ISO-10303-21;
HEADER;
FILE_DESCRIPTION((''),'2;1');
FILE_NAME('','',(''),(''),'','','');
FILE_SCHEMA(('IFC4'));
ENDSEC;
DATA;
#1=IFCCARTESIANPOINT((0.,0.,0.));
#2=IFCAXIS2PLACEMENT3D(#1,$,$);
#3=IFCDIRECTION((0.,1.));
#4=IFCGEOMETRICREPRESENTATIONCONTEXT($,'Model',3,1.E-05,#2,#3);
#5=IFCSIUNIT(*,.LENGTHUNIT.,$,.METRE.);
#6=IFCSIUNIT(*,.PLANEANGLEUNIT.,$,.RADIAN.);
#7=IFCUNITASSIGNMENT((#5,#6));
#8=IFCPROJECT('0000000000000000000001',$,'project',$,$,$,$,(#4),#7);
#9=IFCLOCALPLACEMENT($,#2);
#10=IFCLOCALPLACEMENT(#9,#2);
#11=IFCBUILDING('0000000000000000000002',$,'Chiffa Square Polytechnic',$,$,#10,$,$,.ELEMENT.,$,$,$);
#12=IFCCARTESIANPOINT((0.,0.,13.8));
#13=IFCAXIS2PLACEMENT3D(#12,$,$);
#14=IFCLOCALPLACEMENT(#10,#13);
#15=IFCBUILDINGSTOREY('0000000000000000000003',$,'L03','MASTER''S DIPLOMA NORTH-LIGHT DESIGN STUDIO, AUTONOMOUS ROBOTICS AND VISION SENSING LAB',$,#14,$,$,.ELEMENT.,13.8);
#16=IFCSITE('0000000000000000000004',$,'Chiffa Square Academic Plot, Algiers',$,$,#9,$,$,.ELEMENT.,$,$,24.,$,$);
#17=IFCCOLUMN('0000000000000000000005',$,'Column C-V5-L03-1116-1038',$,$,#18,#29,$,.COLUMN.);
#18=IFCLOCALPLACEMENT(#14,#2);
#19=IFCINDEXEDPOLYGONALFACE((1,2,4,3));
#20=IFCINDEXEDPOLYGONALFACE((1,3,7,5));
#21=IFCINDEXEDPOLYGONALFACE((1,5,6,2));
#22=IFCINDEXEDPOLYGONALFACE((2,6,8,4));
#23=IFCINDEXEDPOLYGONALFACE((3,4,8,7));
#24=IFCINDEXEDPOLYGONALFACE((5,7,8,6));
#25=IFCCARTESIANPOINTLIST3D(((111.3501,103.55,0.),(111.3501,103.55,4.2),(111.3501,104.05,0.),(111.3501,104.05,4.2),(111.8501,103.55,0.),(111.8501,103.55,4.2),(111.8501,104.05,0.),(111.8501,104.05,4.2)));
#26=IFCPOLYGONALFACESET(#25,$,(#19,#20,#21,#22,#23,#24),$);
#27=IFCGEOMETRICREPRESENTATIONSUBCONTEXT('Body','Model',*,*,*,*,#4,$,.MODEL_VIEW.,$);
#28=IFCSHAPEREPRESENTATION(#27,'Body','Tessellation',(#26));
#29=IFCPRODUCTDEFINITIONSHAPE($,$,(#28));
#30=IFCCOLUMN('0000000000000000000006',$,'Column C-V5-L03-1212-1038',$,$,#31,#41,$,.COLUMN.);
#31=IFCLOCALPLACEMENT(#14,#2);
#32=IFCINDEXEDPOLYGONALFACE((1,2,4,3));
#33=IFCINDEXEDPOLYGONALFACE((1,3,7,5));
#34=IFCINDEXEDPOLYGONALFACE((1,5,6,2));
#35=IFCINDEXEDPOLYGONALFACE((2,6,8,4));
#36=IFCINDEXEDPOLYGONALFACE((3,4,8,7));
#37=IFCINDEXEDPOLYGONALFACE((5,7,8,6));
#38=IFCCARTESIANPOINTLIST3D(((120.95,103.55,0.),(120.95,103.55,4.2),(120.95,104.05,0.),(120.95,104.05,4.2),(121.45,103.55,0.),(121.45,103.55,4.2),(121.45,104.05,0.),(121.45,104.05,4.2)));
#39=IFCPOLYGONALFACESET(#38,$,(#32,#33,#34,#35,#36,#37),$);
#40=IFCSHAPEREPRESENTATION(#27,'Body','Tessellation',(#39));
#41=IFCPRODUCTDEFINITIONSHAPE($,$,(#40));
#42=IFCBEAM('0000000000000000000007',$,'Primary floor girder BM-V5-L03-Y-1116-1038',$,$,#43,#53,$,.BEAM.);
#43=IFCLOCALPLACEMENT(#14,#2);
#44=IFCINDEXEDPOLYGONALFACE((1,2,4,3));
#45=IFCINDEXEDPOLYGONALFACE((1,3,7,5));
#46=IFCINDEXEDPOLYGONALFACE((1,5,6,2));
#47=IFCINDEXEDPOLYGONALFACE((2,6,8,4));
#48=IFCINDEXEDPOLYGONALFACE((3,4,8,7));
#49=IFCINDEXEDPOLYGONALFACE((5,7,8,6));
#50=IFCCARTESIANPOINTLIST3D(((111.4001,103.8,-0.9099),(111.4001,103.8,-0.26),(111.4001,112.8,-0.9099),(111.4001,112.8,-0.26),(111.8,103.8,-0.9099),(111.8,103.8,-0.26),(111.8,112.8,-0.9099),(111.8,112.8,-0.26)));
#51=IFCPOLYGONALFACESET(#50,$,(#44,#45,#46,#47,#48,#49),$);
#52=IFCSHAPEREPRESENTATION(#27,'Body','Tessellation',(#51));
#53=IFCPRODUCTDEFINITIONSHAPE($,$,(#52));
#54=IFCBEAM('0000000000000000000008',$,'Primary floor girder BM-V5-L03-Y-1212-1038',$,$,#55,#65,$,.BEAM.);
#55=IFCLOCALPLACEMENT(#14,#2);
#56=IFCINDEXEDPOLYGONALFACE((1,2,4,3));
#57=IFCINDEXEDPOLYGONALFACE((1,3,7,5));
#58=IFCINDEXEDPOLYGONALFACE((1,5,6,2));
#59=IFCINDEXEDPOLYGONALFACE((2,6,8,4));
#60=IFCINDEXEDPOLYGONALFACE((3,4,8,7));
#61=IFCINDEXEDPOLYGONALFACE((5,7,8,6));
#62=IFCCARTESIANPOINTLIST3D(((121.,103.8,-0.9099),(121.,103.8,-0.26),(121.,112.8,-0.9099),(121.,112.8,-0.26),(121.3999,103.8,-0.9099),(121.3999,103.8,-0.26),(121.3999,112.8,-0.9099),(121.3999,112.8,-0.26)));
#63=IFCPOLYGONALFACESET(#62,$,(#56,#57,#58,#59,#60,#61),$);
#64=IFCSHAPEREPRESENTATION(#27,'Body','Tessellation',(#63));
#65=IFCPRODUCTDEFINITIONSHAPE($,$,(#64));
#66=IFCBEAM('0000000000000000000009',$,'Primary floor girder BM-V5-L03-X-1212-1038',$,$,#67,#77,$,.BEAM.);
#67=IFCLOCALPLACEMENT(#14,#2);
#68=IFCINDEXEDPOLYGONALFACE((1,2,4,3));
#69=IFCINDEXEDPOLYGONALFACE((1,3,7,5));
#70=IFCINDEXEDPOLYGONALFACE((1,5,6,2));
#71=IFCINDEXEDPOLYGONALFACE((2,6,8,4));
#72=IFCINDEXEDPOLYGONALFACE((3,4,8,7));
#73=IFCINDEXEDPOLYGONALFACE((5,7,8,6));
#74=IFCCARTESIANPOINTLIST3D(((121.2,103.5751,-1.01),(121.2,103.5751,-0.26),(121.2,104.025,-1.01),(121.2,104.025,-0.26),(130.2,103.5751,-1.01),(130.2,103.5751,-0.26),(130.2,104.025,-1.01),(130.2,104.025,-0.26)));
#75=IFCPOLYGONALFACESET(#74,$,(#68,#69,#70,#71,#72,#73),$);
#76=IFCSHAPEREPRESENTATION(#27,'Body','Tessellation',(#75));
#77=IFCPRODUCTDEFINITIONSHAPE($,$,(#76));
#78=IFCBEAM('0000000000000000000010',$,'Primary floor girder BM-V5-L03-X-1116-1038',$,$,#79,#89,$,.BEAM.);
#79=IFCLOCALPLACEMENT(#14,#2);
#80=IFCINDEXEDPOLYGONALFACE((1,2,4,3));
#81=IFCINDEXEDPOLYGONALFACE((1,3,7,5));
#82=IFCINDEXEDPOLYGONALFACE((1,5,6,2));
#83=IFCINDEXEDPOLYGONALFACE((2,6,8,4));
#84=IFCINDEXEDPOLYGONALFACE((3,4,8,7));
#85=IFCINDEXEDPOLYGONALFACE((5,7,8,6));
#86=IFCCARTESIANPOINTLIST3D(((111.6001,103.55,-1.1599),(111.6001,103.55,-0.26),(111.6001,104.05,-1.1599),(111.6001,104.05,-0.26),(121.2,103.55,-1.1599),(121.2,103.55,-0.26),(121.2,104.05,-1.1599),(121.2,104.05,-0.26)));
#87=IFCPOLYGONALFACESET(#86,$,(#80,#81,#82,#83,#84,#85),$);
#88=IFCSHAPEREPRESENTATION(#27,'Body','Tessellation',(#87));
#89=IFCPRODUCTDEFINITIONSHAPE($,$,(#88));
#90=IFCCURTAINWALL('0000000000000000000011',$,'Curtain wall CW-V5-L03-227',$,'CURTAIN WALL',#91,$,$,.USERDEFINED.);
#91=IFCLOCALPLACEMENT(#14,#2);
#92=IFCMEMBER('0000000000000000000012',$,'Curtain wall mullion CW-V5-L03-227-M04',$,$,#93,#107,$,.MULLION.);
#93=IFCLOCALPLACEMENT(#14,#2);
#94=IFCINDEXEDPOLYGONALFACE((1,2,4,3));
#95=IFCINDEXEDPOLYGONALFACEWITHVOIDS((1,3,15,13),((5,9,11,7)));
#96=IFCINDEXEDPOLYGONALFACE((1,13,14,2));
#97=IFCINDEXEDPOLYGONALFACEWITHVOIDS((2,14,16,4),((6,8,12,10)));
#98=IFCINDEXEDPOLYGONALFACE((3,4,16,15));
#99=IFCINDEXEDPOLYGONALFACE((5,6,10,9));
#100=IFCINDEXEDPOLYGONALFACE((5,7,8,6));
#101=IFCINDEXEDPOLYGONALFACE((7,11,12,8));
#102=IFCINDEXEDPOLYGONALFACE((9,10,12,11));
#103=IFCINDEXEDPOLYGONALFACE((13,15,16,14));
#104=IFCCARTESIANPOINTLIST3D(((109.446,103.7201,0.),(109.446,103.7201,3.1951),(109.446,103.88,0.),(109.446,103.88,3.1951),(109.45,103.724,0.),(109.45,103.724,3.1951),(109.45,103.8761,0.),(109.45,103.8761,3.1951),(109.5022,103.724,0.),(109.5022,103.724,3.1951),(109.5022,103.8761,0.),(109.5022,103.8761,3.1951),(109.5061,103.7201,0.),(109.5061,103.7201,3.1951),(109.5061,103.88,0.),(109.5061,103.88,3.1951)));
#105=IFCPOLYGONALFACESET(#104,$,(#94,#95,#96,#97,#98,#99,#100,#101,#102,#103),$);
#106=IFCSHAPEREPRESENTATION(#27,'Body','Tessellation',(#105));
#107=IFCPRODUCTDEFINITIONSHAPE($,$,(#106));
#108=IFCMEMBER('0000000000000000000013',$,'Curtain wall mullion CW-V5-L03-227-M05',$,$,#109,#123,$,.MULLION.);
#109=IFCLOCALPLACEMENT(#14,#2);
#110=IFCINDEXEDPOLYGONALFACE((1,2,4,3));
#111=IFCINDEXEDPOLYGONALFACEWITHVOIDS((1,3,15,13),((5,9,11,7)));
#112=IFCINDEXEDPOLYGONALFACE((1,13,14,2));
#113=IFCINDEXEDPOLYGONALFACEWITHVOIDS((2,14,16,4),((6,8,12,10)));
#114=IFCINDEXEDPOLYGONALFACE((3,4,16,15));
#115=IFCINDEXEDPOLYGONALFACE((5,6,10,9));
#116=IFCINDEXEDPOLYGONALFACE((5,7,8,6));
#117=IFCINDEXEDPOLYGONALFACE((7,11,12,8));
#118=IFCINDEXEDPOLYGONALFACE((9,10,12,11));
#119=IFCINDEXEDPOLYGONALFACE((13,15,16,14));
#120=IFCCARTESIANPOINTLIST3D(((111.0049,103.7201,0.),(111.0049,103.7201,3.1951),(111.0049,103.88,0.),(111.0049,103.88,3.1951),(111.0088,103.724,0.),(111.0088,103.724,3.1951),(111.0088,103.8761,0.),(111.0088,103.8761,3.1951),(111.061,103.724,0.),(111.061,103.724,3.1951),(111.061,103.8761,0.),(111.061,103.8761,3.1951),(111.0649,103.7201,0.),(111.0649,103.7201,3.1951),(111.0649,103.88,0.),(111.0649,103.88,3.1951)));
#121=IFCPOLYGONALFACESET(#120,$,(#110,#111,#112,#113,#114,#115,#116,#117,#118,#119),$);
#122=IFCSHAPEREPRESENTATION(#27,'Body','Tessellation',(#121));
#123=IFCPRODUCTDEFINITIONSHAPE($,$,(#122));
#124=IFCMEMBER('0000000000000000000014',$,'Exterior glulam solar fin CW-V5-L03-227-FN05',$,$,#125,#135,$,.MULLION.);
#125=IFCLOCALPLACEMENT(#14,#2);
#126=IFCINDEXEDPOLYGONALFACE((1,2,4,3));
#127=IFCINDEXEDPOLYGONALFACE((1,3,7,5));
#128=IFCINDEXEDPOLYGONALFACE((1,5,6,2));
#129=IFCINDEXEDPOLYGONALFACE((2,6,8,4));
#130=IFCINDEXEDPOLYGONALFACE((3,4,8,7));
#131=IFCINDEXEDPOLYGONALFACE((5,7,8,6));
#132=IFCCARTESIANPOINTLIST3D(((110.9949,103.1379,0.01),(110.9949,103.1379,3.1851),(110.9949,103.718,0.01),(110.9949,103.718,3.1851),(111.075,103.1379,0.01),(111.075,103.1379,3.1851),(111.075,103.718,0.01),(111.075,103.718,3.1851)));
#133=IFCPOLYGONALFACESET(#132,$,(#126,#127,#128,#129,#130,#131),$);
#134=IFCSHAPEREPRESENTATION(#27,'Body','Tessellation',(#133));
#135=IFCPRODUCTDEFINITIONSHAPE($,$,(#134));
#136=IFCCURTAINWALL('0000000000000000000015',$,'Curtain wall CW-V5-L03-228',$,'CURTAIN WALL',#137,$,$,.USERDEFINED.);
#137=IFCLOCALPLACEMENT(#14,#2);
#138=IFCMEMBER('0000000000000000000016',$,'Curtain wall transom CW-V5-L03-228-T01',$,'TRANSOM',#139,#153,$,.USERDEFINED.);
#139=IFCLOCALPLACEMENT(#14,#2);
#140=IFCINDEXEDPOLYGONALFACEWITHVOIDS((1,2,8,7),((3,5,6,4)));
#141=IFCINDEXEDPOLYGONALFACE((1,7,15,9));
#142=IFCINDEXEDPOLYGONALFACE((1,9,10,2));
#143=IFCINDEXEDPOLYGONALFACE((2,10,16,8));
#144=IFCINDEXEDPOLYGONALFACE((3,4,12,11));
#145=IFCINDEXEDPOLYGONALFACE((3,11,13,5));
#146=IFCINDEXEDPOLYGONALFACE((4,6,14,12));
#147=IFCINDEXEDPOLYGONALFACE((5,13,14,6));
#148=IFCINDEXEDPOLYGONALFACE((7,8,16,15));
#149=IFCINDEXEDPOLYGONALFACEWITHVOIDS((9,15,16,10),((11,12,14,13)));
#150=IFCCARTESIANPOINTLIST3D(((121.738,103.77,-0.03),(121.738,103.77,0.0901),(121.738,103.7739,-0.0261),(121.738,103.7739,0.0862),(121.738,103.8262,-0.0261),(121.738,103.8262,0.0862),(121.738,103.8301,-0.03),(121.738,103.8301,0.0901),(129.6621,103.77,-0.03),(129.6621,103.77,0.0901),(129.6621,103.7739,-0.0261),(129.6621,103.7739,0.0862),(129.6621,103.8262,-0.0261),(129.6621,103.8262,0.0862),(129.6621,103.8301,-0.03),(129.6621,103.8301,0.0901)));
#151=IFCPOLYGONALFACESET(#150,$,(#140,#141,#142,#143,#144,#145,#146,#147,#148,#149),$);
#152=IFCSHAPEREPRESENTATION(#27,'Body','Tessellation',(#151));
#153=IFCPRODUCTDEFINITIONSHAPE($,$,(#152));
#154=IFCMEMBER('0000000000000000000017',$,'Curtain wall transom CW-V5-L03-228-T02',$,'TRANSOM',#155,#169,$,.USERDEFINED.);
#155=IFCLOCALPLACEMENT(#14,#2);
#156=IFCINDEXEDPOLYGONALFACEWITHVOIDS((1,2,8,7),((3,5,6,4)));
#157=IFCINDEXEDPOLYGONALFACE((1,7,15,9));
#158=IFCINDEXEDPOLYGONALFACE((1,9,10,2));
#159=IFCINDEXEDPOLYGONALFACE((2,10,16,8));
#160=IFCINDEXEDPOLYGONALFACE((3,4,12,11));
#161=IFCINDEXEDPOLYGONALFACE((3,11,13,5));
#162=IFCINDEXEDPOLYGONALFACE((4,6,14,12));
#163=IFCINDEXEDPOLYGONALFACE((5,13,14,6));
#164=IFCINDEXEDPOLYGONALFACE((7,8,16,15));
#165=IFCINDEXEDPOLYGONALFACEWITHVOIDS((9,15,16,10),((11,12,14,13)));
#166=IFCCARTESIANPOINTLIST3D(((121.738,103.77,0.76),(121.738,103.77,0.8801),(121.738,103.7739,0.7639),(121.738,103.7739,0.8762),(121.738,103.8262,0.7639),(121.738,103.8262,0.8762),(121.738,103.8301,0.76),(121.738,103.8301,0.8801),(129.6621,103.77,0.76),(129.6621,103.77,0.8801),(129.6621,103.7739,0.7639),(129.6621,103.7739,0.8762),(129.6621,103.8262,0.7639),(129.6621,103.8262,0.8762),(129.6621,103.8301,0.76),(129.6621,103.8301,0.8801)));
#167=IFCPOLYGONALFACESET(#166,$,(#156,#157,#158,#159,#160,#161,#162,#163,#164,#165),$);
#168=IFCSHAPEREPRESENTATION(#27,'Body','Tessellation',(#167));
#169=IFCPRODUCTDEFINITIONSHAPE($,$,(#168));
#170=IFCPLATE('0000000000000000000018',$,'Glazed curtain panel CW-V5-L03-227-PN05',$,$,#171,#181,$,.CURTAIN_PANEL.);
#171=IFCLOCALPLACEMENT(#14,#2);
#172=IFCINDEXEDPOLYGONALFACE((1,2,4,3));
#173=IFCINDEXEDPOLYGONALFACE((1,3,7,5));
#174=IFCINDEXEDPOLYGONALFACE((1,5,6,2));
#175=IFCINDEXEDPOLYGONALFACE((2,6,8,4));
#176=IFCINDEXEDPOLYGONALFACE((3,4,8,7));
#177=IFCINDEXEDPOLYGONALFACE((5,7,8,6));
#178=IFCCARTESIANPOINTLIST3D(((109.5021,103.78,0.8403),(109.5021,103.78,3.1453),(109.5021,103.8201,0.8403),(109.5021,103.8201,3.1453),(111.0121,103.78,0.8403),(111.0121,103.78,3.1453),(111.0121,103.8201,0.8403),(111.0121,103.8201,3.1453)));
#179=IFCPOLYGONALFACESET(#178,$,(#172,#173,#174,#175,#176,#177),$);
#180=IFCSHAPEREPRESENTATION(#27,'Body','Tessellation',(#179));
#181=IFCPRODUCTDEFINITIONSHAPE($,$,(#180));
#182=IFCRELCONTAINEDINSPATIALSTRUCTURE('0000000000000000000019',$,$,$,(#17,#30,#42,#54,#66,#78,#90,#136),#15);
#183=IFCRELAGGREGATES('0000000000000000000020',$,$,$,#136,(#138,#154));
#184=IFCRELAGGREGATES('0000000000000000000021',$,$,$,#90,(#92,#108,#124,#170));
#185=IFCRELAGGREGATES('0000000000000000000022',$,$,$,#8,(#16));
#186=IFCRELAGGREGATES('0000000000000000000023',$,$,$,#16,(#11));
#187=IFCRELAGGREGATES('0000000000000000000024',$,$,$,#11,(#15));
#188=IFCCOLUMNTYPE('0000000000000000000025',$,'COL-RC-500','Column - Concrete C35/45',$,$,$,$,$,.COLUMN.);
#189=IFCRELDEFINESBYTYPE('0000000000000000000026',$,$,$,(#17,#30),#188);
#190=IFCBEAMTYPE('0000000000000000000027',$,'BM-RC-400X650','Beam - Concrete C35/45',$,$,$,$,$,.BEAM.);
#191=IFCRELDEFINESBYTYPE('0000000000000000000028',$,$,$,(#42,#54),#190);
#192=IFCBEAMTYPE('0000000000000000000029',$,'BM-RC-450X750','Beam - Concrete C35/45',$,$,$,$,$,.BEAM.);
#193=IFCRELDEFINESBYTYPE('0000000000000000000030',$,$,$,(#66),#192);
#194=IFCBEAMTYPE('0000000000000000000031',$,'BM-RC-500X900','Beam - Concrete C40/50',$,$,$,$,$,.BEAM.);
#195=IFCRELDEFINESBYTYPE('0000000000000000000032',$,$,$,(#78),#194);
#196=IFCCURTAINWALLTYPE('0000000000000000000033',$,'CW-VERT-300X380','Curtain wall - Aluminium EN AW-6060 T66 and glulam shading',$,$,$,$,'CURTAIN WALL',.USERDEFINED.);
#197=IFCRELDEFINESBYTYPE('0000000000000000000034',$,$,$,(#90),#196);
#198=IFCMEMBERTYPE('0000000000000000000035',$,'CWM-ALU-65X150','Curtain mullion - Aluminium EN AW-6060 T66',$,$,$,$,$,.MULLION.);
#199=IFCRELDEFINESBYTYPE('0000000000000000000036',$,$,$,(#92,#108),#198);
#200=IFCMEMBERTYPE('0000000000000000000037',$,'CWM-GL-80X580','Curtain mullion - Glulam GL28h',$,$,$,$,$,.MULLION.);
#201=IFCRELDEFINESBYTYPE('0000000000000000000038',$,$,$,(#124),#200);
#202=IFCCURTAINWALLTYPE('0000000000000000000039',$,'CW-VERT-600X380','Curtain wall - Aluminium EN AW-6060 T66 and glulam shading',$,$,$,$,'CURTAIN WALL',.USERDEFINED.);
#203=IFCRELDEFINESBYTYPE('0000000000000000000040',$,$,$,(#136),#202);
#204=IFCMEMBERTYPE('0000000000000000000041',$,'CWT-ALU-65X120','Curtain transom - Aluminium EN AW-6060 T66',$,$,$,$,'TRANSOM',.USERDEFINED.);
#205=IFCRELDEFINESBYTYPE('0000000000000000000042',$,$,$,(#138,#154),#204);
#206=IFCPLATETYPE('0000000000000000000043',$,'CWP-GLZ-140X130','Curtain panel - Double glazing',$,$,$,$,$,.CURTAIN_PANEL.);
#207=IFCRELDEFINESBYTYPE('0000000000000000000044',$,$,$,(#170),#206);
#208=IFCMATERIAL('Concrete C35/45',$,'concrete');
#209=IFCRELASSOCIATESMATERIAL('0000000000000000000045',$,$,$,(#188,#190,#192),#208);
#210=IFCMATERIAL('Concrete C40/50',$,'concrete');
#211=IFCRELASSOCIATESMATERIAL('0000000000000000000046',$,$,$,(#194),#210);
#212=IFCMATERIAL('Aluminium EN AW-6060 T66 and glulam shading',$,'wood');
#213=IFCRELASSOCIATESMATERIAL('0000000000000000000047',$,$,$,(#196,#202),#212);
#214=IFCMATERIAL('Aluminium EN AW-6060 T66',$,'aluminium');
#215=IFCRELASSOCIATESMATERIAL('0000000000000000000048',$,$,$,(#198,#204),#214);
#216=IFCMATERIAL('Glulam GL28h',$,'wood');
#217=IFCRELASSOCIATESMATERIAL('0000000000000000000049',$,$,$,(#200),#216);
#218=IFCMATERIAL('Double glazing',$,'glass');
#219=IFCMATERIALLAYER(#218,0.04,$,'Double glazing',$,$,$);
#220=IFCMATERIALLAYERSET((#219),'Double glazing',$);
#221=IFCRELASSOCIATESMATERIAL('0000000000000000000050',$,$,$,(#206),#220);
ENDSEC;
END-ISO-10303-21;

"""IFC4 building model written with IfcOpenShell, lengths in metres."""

from ifc_helpers import new_model, si_unit, direction, frame, origin, origin_2d, place, context, subcontext, project, spatial, rectangle, hollow_rectangle, extrude, material, layer, layer_set, material_profile, profile_set, type_object, element, aggregate, save


model = new_model("IFC4")

# Units and contexts
model_context = context("Model", 3, precision=1e-05, world=origin(), true_north=direction((0.0, 1.0)))
body_context = subcontext(model_context, "Body", "Model", "MODEL_VIEW")
ifc_project = project(units=[si_unit("LENGTHUNIT", "METRE"), si_unit("PLANEANGLEUNIT", "RADIAN")], contexts=[model_context])

# Site, building, storey
site_placement = place(None, origin())
site = spatial("IfcSite", under=ifc_project, at=site_placement, Name="Chiffa Square Academic Plot, Algiers", CompositionType="ELEMENT", RefElevation=24.0)
building_placement = place(site_placement, origin())
building = spatial("IfcBuilding", under=site, at=building_placement, Name="Chiffa Square Polytechnic", CompositionType="ELEMENT")
storey_placement = place(building_placement, frame((0.0, 0.0, 13.8)))
storey = spatial("IfcBuildingStorey", under=building, at=storey_placement, Name="L03", Description="MASTER'S DIPLOMA NORTH-LIGHT DESIGN STUDIO, AUTONOMOUS ROBOTICS AND VISION SENSING LAB", CompositionType="ELEMENT", Elevation=13.8)

# Columns
ifc_material_1 = material(Name="Concrete C35/45", Category="concrete")
ifc_material_profile_1 = material_profile(ifc_material_1, rectangle(XDim=0.5, YDim=0.5, at=origin_2d()), Name="RC 500x500")
ifc_profile_set_1 = profile_set([ifc_material_profile_1], Name="Concrete C35/45")
column_type = type_object("IfcColumnType", Name="COL-RC-500", Description="Column - Concrete C35/45", PredefinedType="COLUMN", material=ifc_profile_set_1)
for number, where, z_axis, x_axis, name in (
    (1, (111.6001, 103.8, 0.0), (0.0, 0.0, 1.0), (1.0, 0.0, 0.0), "Column C-V5-L03-1116-1038"),
    (2, (121.2, 103.8, 0.0), (0.0, 0.0, 1.0), (1.0, 0.0, 0.0), "Column C-V5-L03-1212-1038"),
):
    element("IfcColumn", number, at=place(storey_placement, frame(where, z_axis=z_axis, x_axis=x_axis)), inside=storey, type_object=column_type, Name=name, PredefinedType="COLUMN", context=body_context, shape_type="SweptSolid", body=[
        extrude(rectangle(XDim=0.5, YDim=0.5, at=origin_2d()), origin(), (0.0, 0.0, 1.0), 4.2),
    ])

# Beams
ifc_material_profile_2 = material_profile(ifc_material_1, rectangle(XDim=0.3999, YDim=0.6499, at=origin_2d()), Name="RC 400x650")
ifc_profile_set_2 = profile_set([ifc_material_profile_2], Name="Concrete C35/45")
beam_type_1 = type_object("IfcBeamType", Name="BM-RC-400X650", Description="Beam - Concrete C35/45", PredefinedType="BEAM", material=ifc_profile_set_2)
for number, where, z_axis, x_axis, name in (
    (3, (111.6001, 103.8, -0.585), (0.0, 1.0, 0.0), (-1.0, 0.0, 0.0), "Primary floor girder BM-V5-L03-Y-1116-1038"),
    (4, (121.2, 103.8, -0.585), (0.0, 1.0, 0.0), (-1.0, 0.0, 0.0), "Primary floor girder BM-V5-L03-Y-1212-1038"),
):
    element("IfcBeam", number, at=place(storey_placement, frame(where, z_axis=z_axis, x_axis=x_axis)), inside=storey, type_object=beam_type_1, Name=name, PredefinedType="BEAM", context=body_context, shape_type="SweptSolid", body=[
        extrude(rectangle(XDim=0.3999, YDim=0.6499, at=origin_2d()), origin(), (0.0, 0.0, 1.0), 9.0),
    ])
ifc_material_profile_3 = material_profile(ifc_material_1, rectangle(XDim=0.45, YDim=0.75, at=origin_2d()), Name="RC 450x750")
ifc_profile_set_3 = profile_set([ifc_material_profile_3], Name="Concrete C35/45")
beam_type_2 = type_object("IfcBeamType", Name="BM-RC-450X750", Description="Beam - Concrete C35/45", PredefinedType="BEAM", material=ifc_profile_set_3)
beam_1_placement = place(storey_placement, frame((121.2, 103.8, -0.635), z_axis=(1.0, 0.0, 0.0), x_axis=(0.0, 1.0, 0.0)))
element("IfcBeam", 5, at=beam_1_placement, inside=storey, type_object=beam_type_2, Name="Primary floor girder BM-V5-L03-X-1212-1038", PredefinedType="BEAM", context=body_context, shape_type="SweptSolid", body=[
    extrude(rectangle(XDim=0.45, YDim=0.75, at=origin_2d()), origin(), (0.0, 0.0, 1.0), 9.0),
])
ifc_material_2 = material(Name="Concrete C40/50", Category="concrete")
ifc_material_profile_4 = material_profile(ifc_material_2, rectangle(XDim=0.5, YDim=0.8999, at=origin_2d()), Name="RC 500x900")
ifc_profile_set_4 = profile_set([ifc_material_profile_4], Name="Concrete C40/50")
beam_type_3 = type_object("IfcBeamType", Name="BM-RC-500X900", Description="Beam - Concrete C40/50", PredefinedType="BEAM", material=ifc_profile_set_4)
beam_2_placement = place(storey_placement, frame((111.6001, 103.8, -0.71), z_axis=(1.0, 0.0, 0.0), x_axis=(0.0, 1.0, 0.0)))
element("IfcBeam", 6, at=beam_2_placement, inside=storey, type_object=beam_type_3, Name="Primary floor girder BM-V5-L03-X-1116-1038", PredefinedType="BEAM", context=body_context, shape_type="SweptSolid", body=[
    extrude(rectangle(XDim=0.5, YDim=0.8999, at=origin_2d()), origin(), (0.0, 0.0, 1.0), 9.5999),
])

# Curtain walls, members
ifc_material_3 = material(Name="Aluminium EN AW-6060 T66 and glulam shading", Category="wood")
curtain_wall_type_1 = type_object("IfcCurtainWallType", Name="CW-VERT-300X380", Description="Curtain wall - Aluminium EN AW-6060 T66 and glulam shading", ElementType="CURTAIN WALL", PredefinedType="USERDEFINED", material=ifc_material_3)
curtain_wall_1_placement = place(storey_placement, origin())
curtain_wall_1 = element("IfcCurtainWall", 7, at=curtain_wall_1_placement, inside=storey, type_object=curtain_wall_type_1, Name="Curtain wall CW-V5-L03-227", ObjectType="CURTAIN WALL", PredefinedType="USERDEFINED")
ifc_material_4 = material(Name="Aluminium EN AW-6060 T66", Category="aluminium")
ifc_material_profile_5 = material_profile(ifc_material_4, hollow_rectangle(XDim=0.0601, YDim=0.1599, WallThickness=0.0039, at=origin_2d()), Name="ALU 60x160x4")
ifc_profile_set_5 = profile_set([ifc_material_profile_5], Name="Aluminium EN AW-6060 T66")
member_type_1 = type_object("IfcMemberType", Name="CWM-ALU-65X150", Description="Curtain mullion - Aluminium EN AW-6060 T66", PredefinedType="MULLION", material=ifc_profile_set_5)
member_1_placement = place(storey_placement, frame((109.4761, 103.8, 0.0), z_axis=(0.0, 0.0, 1.0), x_axis=(1.0, 0.0, 0.0)))
member_1 = element("IfcMember", 8, at=member_1_placement, type_object=member_type_1, Name="Curtain wall mullion CW-V5-L03-227-M04", PredefinedType="MULLION", context=body_context, shape_type="SweptSolid", body=[
    extrude(hollow_rectangle(XDim=0.0601, YDim=0.1599, WallThickness=0.0039, at=origin_2d()), origin(), (0.0, 0.0, 1.0), 3.1951),
])
member_2_placement = place(storey_placement, frame((111.0349, 103.8, 0.0), z_axis=(0.0, 0.0, 1.0), x_axis=(1.0, 0.0, 0.0)))
member_2 = element("IfcMember", 9, at=member_2_placement, type_object=member_type_1, Name="Curtain wall mullion CW-V5-L03-227-M05", PredefinedType="MULLION", context=body_context, shape_type="SweptSolid", body=[
    extrude(hollow_rectangle(XDim=0.0601, YDim=0.1599, WallThickness=0.0039, at=origin_2d()), origin(), (0.0, 0.0, 1.0), 3.1951),
])
ifc_material_5 = material(Name="Glulam GL28h", Category="wood")
ifc_material_profile_6 = material_profile(ifc_material_5, rectangle(XDim=0.0801, YDim=0.5801, at=origin_2d()), Name="GL28h 80x580")
ifc_profile_set_6 = profile_set([ifc_material_profile_6], Name="Glulam GL28h")
member_type_2 = type_object("IfcMemberType", Name="CWM-GL-80X580", Description="Curtain mullion - Glulam GL28h", PredefinedType="MULLION", material=ifc_profile_set_6)
member_3_placement = place(storey_placement, frame((111.0349, 103.428, 0.01), z_axis=(0.0, 0.0, 1.0), x_axis=(1.0, 0.0, 0.0)))
member_3 = element("IfcMember", 10, at=member_3_placement, type_object=member_type_2, Name="Exterior glulam solar fin CW-V5-L03-227-FN05", PredefinedType="MULLION", context=body_context, shape_type="SweptSolid", body=[
    extrude(rectangle(XDim=0.0801, YDim=0.5801, at=origin_2d()), origin(), (0.0, 0.0, 1.0), 3.175),
])
curtain_wall_type_2 = type_object("IfcCurtainWallType", Name="CW-VERT-600X380", Description="Curtain wall - Aluminium EN AW-6060 T66 and glulam shading", ElementType="CURTAIN WALL", PredefinedType="USERDEFINED", material=ifc_material_3)
curtain_wall_2_placement = place(storey_placement, origin())
curtain_wall_2 = element("IfcCurtainWall", 11, at=curtain_wall_2_placement, inside=storey, type_object=curtain_wall_type_2, Name="Curtain wall CW-V5-L03-228", ObjectType="CURTAIN WALL", PredefinedType="USERDEFINED")
ifc_material_profile_7 = material_profile(ifc_material_4, hollow_rectangle(XDim=0.0601, YDim=0.1201, WallThickness=0.0039, at=origin_2d()), Name="ALU 60x120x4")
ifc_profile_set_7 = profile_set([ifc_material_profile_7], Name="Aluminium EN AW-6060 T66")
member_type_3 = type_object("IfcMemberType", Name="CWT-ALU-65X120", Description="Curtain transom - Aluminium EN AW-6060 T66", ElementType="TRANSOM", PredefinedType="USERDEFINED", material=ifc_profile_set_7)
member_4_placement = place(storey_placement, frame((121.738, 103.8, 0.03), z_axis=(1.0, 0.0, 0.0), x_axis=(0.0, 1.0, 0.0)))
member_4 = element("IfcMember", 12, at=member_4_placement, type_object=member_type_3, Name="Curtain wall transom CW-V5-L03-228-T01", ObjectType="TRANSOM", PredefinedType="USERDEFINED", context=body_context, shape_type="SweptSolid", body=[
    extrude(hollow_rectangle(XDim=0.0601, YDim=0.1201, WallThickness=0.0039, at=origin_2d()), origin(), (0.0, 0.0, 1.0), 7.9241),
])
member_5_placement = place(storey_placement, frame((121.738, 103.8, 0.8201), z_axis=(1.0, 0.0, 0.0), x_axis=(0.0, 1.0, 0.0)))
member_5 = element("IfcMember", 13, at=member_5_placement, type_object=member_type_3, Name="Curtain wall transom CW-V5-L03-228-T02", ObjectType="TRANSOM", PredefinedType="USERDEFINED", context=body_context, shape_type="SweptSolid", body=[
    extrude(hollow_rectangle(XDim=0.0601, YDim=0.1201, WallThickness=0.0039, at=origin_2d()), origin(), (0.0, 0.0, 1.0), 7.9241),
])
aggregate(curtain_wall_2, [member_4, member_5])

# Plate
ifc_material_6 = material(Name="Double glazing", Category="glass")
ifc_layer_1 = layer(ifc_material_6, 0.04, Name="Double glazing")
ifc_layer_set_1 = layer_set([ifc_layer_1], Name="Double glazing")
plate_type_1 = type_object("IfcPlateType", Name="CWP-GLZ-140X130", Description="Curtain panel - Double glazing", PredefinedType="CURTAIN_PANEL", material=ifc_layer_set_1)
plate_1_placement = place(storey_placement, frame((110.2571, 103.8, 0.8403), z_axis=(0.0, 0.0, 1.0), x_axis=(1.0, 0.0, 0.0)))
plate_1 = element("IfcPlate", 14, at=plate_1_placement, type_object=plate_type_1, Name="Glazed curtain panel CW-V5-L03-227-PN05", PredefinedType="CURTAIN_PANEL", context=body_context, shape_type="SweptSolid", body=[
    extrude(rectangle(XDim=1.51, YDim=0.04, at=origin_2d()), origin(), (0.0, 0.0, 1.0), 2.3049),
])
aggregate(curtain_wall_1, [member_1, member_2, member_3, plate_1])

save(model, "model.ifc")
